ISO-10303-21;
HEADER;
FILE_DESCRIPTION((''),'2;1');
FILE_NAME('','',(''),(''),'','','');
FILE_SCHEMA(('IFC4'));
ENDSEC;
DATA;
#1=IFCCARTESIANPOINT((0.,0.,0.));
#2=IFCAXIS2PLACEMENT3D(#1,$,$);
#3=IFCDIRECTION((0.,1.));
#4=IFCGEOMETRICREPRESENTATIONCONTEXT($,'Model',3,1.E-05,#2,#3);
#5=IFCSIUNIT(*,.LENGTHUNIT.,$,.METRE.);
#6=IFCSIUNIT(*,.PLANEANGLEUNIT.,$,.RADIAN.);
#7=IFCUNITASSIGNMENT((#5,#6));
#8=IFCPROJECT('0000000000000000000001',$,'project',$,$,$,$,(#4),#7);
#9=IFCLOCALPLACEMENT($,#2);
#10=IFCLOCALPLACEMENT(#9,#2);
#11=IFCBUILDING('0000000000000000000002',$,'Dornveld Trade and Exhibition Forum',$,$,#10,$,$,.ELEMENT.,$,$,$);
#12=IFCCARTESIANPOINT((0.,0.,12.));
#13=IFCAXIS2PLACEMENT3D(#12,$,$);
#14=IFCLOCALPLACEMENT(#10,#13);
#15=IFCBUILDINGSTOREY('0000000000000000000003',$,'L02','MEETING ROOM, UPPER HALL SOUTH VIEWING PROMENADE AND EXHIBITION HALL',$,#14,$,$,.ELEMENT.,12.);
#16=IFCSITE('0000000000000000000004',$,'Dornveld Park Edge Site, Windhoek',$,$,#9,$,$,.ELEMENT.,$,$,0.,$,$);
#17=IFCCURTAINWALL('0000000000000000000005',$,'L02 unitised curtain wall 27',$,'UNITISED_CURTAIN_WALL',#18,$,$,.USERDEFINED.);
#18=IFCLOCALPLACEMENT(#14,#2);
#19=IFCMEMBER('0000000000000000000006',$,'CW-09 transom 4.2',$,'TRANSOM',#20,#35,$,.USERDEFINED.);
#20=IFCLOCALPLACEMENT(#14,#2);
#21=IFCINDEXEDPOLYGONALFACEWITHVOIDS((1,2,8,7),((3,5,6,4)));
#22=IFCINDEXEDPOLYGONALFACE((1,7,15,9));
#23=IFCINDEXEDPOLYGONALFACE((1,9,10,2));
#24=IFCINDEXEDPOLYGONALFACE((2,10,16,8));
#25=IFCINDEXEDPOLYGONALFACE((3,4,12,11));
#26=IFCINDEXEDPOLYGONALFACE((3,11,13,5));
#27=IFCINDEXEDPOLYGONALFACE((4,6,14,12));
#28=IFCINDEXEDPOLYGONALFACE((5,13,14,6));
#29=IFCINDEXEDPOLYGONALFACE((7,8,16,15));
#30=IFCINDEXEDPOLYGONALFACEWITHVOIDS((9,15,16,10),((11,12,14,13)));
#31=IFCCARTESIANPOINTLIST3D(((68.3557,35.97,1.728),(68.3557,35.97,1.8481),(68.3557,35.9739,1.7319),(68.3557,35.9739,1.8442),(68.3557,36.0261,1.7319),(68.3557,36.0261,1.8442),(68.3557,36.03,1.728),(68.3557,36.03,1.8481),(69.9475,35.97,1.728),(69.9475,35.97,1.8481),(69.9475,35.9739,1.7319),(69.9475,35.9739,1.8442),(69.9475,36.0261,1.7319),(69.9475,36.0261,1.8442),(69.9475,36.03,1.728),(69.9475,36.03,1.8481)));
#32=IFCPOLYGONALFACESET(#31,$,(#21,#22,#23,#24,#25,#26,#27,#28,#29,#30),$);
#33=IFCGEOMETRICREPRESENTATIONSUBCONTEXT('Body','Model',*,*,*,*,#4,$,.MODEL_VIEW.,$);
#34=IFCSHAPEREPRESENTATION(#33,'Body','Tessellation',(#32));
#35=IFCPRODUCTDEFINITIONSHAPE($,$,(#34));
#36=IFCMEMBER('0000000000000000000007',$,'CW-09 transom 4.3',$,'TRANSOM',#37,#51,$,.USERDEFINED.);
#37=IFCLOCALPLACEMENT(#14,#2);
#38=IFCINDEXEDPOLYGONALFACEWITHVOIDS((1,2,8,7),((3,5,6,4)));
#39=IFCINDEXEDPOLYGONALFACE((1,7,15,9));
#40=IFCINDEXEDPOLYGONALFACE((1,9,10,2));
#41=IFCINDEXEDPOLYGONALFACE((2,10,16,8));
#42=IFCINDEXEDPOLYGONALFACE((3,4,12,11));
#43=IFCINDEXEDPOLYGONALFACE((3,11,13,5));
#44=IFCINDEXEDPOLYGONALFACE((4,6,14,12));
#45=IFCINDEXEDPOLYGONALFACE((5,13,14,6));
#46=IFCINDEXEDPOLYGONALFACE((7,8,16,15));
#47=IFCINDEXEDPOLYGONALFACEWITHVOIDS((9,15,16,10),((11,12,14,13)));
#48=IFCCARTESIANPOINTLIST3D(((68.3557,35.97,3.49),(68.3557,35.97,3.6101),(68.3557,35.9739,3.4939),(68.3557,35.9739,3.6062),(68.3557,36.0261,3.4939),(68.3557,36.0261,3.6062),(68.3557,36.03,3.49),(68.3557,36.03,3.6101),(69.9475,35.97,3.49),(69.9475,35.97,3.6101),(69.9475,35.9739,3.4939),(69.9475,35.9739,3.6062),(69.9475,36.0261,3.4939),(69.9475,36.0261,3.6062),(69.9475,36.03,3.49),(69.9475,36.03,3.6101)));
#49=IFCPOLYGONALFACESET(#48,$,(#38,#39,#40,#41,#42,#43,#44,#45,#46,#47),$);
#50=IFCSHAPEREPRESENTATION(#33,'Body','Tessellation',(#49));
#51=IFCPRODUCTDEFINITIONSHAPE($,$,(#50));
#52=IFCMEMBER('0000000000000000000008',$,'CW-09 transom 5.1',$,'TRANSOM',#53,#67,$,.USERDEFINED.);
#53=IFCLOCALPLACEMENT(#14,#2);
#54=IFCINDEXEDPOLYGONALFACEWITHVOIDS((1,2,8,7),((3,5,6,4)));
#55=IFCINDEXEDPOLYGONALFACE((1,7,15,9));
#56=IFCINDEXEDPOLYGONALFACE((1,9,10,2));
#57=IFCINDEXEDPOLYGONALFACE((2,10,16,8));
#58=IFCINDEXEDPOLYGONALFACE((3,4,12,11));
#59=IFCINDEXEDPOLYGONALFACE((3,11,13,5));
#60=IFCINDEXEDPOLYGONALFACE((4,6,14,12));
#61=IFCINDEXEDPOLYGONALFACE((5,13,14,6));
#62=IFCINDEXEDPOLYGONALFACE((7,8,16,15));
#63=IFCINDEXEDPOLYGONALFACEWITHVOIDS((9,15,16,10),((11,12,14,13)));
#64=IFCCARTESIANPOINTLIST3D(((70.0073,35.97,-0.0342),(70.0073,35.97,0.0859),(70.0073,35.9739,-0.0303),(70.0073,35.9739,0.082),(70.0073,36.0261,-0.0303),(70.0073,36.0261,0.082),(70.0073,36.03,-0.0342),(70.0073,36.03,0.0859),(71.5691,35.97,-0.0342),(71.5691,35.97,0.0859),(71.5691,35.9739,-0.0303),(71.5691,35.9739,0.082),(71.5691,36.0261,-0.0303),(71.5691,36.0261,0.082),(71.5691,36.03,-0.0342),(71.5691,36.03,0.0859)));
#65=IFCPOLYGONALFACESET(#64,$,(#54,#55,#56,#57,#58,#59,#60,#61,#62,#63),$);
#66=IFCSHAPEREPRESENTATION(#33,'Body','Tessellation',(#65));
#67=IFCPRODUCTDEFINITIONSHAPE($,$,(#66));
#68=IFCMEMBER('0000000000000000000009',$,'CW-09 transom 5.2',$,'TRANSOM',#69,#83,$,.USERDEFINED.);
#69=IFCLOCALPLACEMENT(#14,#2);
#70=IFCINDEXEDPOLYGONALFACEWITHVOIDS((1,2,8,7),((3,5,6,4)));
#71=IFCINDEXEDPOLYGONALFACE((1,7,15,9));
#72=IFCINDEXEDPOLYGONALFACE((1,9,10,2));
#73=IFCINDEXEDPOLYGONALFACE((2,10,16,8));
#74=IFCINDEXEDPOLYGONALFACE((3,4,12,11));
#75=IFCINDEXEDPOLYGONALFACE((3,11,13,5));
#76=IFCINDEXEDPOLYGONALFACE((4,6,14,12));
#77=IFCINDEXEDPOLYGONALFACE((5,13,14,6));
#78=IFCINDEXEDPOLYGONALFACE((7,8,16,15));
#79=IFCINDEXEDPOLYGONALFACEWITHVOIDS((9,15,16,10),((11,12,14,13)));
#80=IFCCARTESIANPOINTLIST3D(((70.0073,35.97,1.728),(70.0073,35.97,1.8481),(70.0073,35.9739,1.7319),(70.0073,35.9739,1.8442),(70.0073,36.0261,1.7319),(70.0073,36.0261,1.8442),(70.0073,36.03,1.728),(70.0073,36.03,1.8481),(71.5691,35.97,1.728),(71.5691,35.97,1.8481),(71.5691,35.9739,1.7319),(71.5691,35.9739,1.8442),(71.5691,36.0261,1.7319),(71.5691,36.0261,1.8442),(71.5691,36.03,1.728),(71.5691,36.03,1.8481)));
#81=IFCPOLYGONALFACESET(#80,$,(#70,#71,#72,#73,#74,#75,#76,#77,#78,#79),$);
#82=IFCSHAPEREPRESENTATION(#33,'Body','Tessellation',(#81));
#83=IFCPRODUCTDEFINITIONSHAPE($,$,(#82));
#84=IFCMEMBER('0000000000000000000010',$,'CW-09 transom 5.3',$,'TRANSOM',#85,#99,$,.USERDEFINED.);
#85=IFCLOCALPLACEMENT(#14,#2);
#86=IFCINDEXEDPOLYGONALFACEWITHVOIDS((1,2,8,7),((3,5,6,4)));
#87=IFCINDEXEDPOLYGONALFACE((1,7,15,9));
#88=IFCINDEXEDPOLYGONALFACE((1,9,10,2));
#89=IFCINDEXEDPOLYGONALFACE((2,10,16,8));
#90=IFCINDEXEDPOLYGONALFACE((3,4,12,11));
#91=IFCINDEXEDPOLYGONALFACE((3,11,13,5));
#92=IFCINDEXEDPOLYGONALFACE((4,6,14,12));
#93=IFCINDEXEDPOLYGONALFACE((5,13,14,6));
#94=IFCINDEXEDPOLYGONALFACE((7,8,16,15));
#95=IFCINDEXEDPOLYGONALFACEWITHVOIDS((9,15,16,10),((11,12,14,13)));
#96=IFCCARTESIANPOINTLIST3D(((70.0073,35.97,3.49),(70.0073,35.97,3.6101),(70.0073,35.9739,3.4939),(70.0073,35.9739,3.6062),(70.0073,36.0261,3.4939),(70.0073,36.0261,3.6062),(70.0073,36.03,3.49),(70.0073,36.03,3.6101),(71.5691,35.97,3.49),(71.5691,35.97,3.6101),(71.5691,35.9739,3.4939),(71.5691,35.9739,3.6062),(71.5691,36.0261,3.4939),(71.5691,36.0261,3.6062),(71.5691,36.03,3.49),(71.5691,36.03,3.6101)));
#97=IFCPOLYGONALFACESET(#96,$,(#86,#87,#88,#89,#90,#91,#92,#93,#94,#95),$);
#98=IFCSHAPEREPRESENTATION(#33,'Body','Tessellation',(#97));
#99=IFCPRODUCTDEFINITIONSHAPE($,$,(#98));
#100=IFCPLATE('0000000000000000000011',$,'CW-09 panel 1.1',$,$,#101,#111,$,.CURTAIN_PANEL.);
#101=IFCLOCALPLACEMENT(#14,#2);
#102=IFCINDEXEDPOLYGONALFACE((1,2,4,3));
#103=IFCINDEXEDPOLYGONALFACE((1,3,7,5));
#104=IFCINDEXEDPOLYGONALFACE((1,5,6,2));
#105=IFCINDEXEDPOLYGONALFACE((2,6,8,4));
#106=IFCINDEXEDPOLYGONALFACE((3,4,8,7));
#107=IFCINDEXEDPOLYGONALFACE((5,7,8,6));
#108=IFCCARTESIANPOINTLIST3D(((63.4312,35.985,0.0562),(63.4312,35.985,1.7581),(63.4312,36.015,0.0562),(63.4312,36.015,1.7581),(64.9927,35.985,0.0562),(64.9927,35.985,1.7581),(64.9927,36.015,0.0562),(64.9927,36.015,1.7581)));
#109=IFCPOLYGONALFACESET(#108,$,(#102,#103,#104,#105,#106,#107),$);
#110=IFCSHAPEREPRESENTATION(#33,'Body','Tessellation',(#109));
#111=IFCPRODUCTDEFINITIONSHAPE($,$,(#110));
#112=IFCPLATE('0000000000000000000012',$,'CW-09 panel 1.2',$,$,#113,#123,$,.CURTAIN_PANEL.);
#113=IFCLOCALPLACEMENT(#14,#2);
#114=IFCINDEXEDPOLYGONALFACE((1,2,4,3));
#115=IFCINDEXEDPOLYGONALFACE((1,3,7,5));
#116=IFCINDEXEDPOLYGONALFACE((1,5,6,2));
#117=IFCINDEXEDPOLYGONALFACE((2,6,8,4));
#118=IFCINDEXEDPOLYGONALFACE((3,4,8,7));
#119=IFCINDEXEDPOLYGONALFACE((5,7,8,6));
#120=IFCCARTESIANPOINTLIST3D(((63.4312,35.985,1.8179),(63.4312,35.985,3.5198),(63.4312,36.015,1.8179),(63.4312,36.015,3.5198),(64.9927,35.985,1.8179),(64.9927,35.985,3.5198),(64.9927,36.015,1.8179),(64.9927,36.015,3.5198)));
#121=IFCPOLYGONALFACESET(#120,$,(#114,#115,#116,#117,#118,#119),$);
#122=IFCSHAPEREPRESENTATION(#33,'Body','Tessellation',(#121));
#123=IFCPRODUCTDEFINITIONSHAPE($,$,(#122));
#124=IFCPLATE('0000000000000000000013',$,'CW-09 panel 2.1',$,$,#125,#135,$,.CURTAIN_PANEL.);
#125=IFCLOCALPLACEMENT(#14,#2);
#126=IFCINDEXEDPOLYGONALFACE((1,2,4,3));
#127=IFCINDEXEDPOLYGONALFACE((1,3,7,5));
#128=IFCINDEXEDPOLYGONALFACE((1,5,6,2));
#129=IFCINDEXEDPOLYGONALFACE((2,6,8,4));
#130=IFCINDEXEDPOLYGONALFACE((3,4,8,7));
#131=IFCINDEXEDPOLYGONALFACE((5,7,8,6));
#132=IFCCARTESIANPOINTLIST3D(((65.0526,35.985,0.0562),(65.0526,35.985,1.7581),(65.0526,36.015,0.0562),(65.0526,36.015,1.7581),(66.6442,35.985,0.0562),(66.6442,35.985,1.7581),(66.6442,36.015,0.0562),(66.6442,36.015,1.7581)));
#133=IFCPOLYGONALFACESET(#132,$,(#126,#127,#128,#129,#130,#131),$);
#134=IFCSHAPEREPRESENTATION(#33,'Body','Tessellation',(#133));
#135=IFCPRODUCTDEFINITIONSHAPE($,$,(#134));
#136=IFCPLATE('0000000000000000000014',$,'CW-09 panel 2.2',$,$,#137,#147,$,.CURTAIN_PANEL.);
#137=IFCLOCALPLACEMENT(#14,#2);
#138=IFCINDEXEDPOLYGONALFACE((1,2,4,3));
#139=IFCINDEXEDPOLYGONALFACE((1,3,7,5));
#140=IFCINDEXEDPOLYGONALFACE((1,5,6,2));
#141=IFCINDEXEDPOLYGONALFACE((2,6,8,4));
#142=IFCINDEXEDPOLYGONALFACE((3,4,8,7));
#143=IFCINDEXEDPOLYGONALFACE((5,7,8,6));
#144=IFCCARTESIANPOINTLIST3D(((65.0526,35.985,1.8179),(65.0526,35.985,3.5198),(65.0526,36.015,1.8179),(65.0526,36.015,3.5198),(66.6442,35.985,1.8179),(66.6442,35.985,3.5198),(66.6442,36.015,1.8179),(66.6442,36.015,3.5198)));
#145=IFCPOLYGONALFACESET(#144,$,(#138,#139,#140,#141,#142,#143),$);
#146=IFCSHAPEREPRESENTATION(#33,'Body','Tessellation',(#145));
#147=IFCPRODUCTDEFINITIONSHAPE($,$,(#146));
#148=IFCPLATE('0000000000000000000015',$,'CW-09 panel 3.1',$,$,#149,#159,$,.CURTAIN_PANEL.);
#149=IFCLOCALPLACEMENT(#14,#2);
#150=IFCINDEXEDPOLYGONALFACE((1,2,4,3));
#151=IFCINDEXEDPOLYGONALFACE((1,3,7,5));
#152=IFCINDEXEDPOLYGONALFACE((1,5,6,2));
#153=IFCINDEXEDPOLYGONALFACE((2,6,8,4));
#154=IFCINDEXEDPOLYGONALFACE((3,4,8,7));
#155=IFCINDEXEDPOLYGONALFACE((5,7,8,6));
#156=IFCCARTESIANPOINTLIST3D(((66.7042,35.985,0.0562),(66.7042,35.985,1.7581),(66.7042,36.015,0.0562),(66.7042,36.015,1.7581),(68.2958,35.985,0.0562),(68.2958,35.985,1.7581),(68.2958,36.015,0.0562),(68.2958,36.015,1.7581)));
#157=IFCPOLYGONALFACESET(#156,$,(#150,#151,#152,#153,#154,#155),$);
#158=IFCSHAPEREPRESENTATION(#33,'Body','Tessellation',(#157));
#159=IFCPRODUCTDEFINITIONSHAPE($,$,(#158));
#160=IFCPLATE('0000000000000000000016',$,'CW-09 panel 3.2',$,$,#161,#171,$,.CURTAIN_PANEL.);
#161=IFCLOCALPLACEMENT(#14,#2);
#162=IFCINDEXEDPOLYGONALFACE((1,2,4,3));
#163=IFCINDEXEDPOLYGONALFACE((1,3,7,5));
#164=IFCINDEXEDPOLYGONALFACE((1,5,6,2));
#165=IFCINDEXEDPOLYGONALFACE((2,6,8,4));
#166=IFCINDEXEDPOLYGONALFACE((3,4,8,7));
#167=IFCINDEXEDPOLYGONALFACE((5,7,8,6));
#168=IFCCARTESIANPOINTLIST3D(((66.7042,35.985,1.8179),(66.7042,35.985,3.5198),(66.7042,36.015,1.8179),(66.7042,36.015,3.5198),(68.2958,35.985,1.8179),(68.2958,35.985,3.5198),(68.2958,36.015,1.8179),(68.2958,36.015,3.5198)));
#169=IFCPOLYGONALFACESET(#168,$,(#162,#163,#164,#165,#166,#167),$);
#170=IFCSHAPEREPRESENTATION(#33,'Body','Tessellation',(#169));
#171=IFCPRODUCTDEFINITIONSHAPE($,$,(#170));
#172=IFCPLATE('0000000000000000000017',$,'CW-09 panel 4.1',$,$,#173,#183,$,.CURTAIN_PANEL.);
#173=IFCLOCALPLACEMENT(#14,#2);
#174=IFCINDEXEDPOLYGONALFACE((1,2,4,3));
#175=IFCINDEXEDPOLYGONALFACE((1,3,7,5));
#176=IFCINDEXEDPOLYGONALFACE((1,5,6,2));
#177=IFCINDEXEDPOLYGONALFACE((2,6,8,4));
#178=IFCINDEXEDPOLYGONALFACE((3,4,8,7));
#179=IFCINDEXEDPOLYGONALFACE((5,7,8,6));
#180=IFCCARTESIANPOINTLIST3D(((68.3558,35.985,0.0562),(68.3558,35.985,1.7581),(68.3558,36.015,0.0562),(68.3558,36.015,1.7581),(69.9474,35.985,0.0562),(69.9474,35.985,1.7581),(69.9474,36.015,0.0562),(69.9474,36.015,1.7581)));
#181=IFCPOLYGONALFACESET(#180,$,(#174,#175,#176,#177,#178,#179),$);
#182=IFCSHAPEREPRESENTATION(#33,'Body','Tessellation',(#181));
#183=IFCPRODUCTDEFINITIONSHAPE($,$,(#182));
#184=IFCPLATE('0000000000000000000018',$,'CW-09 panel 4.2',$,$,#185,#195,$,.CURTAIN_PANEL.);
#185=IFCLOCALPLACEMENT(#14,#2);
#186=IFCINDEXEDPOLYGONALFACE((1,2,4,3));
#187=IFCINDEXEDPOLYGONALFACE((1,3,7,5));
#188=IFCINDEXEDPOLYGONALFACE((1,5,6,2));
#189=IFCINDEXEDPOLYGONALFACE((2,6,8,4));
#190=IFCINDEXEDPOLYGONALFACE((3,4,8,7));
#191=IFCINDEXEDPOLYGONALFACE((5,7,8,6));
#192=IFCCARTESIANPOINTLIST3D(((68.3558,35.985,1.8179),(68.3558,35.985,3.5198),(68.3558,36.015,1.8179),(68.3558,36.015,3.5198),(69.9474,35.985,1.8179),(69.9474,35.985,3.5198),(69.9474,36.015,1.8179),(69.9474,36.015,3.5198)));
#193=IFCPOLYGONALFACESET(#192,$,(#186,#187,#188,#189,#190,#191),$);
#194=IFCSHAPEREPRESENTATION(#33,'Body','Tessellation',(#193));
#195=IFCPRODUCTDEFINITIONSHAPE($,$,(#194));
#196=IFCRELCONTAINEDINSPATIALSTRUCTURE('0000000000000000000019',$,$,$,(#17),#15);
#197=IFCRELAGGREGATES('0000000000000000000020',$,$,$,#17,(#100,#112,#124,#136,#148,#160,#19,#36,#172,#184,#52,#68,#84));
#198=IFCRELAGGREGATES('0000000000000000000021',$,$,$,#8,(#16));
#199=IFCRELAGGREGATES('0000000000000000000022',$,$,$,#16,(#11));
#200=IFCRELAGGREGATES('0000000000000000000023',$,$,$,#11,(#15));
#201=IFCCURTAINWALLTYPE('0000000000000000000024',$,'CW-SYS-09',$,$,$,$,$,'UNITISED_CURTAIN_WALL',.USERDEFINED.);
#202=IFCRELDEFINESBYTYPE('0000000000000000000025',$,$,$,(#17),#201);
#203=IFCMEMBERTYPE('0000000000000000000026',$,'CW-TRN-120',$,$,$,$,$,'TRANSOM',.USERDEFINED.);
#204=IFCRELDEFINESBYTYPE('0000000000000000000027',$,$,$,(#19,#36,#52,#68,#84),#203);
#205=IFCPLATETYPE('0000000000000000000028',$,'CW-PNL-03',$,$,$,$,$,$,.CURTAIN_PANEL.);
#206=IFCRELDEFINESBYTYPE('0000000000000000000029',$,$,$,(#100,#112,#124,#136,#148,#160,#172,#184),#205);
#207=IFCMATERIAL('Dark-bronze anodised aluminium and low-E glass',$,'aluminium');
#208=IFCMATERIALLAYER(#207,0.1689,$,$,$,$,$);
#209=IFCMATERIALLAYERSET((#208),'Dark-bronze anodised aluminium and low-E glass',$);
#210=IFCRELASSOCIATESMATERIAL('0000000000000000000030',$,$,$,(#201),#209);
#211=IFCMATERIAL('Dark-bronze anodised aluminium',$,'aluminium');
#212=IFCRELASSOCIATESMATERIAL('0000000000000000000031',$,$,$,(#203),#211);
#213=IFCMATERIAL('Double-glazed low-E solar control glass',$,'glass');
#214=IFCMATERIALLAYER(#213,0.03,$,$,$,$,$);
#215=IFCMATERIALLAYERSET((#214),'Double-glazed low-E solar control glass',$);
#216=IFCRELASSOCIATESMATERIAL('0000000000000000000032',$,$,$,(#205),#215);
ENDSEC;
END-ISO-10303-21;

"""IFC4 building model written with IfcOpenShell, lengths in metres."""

from ifc_helpers import new_model, si_unit, direction, frame, origin, origin_2d, place, context, subcontext, project, spatial, rectangle, hollow_rectangle, extrude, material, layer, layer_set, material_profile, profile_set, type_object, element, aggregate, save


model = new_model("IFC4")

# Units and contexts
model_context = context("Model", 3, precision=1e-05, world=origin(), true_north=direction((0.0, 1.0)))
body_context = subcontext(model_context, "Body", "Model", "MODEL_VIEW")
ifc_project = project(units=[si_unit("LENGTHUNIT", "METRE"), si_unit("PLANEANGLEUNIT", "RADIAN")], contexts=[model_context])

# Site, building, storey
site_placement = place(None, origin())
site = spatial("IfcSite", under=ifc_project, at=site_placement, Name="Dornveld Park Edge Site, Windhoek", CompositionType="ELEMENT", RefElevation=0.0)
building_placement = place(site_placement, origin())
building = spatial("IfcBuilding", under=site, at=building_placement, Name="Dornveld Trade and Exhibition Forum", CompositionType="ELEMENT")
storey_placement = place(building_placement, frame((0.0, 0.0, 12.0)))
storey = spatial("IfcBuildingStorey", under=building, at=storey_placement, Name="L02", Description="MEETING ROOM, UPPER HALL SOUTH VIEWING PROMENADE AND EXHIBITION HALL", CompositionType="ELEMENT", Elevation=12.0)

# Curtain wall, members, plates
ifc_material_1 = material(Name="Dark-bronze anodised aluminium and low-E glass", Category="aluminium")
ifc_layer_1 = layer(ifc_material_1, 0.1689)
ifc_layer_set_1 = layer_set([ifc_layer_1], Name="Dark-bronze anodised aluminium and low-E glass")
curtain_wall_type = type_object("IfcCurtainWallType", Name="CW-SYS-09", ElementType="UNITISED_CURTAIN_WALL", PredefinedType="USERDEFINED", material=ifc_layer_set_1)
curtain_wall_placement = place(storey_placement, origin())
curtain_wall = element("IfcCurtainWall", 1, at=curtain_wall_placement, inside=storey, type_object=curtain_wall_type, Name="L02 unitised curtain wall 27", ObjectType="UNITISED_CURTAIN_WALL", PredefinedType="USERDEFINED")
ifc_material_2 = material(Name="Dark-bronze anodised aluminium", Category="aluminium")
ifc_material_profile_1 = material_profile(ifc_material_2, hollow_rectangle(XDim=0.0601, YDim=0.1201, WallThickness=0.0039, at=origin_2d()), Name="RHS 120x60x4")
ifc_profile_set_1 = profile_set([ifc_material_profile_1], Name="Dark-bronze anodised aluminium")
member_type_1 = type_object("IfcMemberType", Name="CW-TRN-120", ElementType="TRANSOM", PredefinedType="USERDEFINED", material=ifc_profile_set_1)
member_1_placement = place(storey_placement, frame((68.3557, 36.0, 1.7881), z_axis=(1.0, 0.0, 0.0), x_axis=(0.0, 1.0, 0.0)))
member_1 = element("IfcMember", 2, at=member_1_placement, type_object=member_type_1, Name="CW-09 transom 4.2", ObjectType="TRANSOM", PredefinedType="USERDEFINED", context=body_context, shape_type="SweptSolid", body=[
    extrude(hollow_rectangle(XDim=0.0601, YDim=0.1201, WallThickness=0.0039, at=origin_2d()), origin(), (0.0, 0.0, 1.0), 1.5918),
])
member_2_placement = place(storey_placement, frame((68.3557, 36.0, 3.55), z_axis=(1.0, 0.0, 0.0), x_axis=(0.0, 1.0, 0.0)))
member_2 = element("IfcMember", 3, at=member_2_placement, type_object=member_type_1, Name="CW-09 transom 4.3", ObjectType="TRANSOM", PredefinedType="USERDEFINED", context=body_context, shape_type="SweptSolid", body=[
    extrude(hollow_rectangle(XDim=0.0601, YDim=0.1201, WallThickness=0.0039, at=origin_2d()), origin(), (0.0, 0.0, 1.0), 1.5918),
])
member_3_placement = place(storey_placement, frame((70.0073, 36.0, 0.0259), z_axis=(1.0, 0.0, 0.0), x_axis=(0.0, 1.0, 0.0)))
member_3 = element("IfcMember", 4, at=member_3_placement, type_object=member_type_1, Name="CW-09 transom 5.1", ObjectType="TRANSOM", PredefinedType="USERDEFINED", context=body_context, shape_type="SweptSolid", body=[
    extrude(hollow_rectangle(XDim=0.0601, YDim=0.1201, WallThickness=0.0039, at=origin_2d()), origin(), (0.0, 0.0, 1.0), 1.5618),
])
member_4_placement = place(storey_placement, frame((70.0073, 36.0, 1.7881), z_axis=(1.0, 0.0, 0.0), x_axis=(0.0, 1.0, 0.0)))
member_4 = element("IfcMember", 5, at=member_4_placement, type_object=member_type_1, Name="CW-09 transom 5.2", ObjectType="TRANSOM", PredefinedType="USERDEFINED", context=body_context, shape_type="SweptSolid", body=[
    extrude(hollow_rectangle(XDim=0.0601, YDim=0.1201, WallThickness=0.0039, at=origin_2d()), origin(), (0.0, 0.0, 1.0), 1.5618),
])
member_5_placement = place(storey_placement, frame((70.0073, 36.0, 3.55), z_axis=(1.0, 0.0, 0.0), x_axis=(0.0, 1.0, 0.0)))
member_5 = element("IfcMember", 6, at=member_5_placement, type_object=member_type_1, Name="CW-09 transom 5.3", ObjectType="TRANSOM", PredefinedType="USERDEFINED", context=body_context, shape_type="SweptSolid", body=[
    extrude(hollow_rectangle(XDim=0.0601, YDim=0.1201, WallThickness=0.0039, at=origin_2d()), origin(), (0.0, 0.0, 1.0), 1.5618),
])
ifc_material_3 = material(Name="Double-glazed low-E solar control glass", Category="glass")
ifc_layer_2 = layer(ifc_material_3, 0.03)
ifc_layer_set_2 = layer_set([ifc_layer_2], Name="Double-glazed low-E solar control glass")
plate_type = type_object("IfcPlateType", Name="CW-PNL-03", PredefinedType="CURTAIN_PANEL", material=ifc_layer_set_2)
plate_1_placement = place(storey_placement, frame((64.2119, 36.0, 0.0562), z_axis=(0.0, 0.0, 1.0), x_axis=(1.0, 0.0, 0.0)))
plate_1 = element("IfcPlate", 7, at=plate_1_placement, type_object=plate_type, Name="CW-09 panel 1.1", PredefinedType="CURTAIN_PANEL", context=body_context, shape_type="SweptSolid", body=[
    extrude(rectangle(XDim=1.5615, YDim=0.03, at=origin_2d()), origin(), (0.0, 0.0, 1.0), 1.7019),
])
plate_2_placement = place(storey_placement, frame((64.2119, 36.0, 1.8179), z_axis=(0.0, 0.0, 1.0), x_axis=(1.0, 0.0, 0.0)))
plate_2 = element("IfcPlate", 8, at=plate_2_placement, type_object=plate_type, Name="CW-09 panel 1.2", PredefinedType="CURTAIN_PANEL", context=body_context, shape_type="SweptSolid", body=[
    extrude(rectangle(XDim=1.5615, YDim=0.03, at=origin_2d()), origin(), (0.0, 0.0, 1.0), 1.7019),
])
plate_3_placement = place(storey_placement, frame((65.8484, 36.0, 0.0562), z_axis=(0.0, 0.0, 1.0), x_axis=(1.0, 0.0, 0.0)))
plate_3 = element("IfcPlate", 9, at=plate_3_placement, type_object=plate_type, Name="CW-09 panel 2.1", PredefinedType="CURTAIN_PANEL", context=body_context, shape_type="SweptSolid", body=[
    extrude(rectangle(XDim=1.5916, YDim=0.03, at=origin_2d()), origin(), (0.0, 0.0, 1.0), 1.7019),
])
plate_4_placement = place(storey_placement, frame((65.8484, 36.0, 1.8179), z_axis=(0.0, 0.0, 1.0), x_axis=(1.0, 0.0, 0.0)))
plate_4 = element("IfcPlate", 10, at=plate_4_placement, type_object=plate_type, Name="CW-09 panel 2.2", PredefinedType="CURTAIN_PANEL", context=body_context, shape_type="SweptSolid", body=[
    extrude(rectangle(XDim=1.5916, YDim=0.03, at=origin_2d()), origin(), (0.0, 0.0, 1.0), 1.7019),
])
plate_5_placement = place(storey_placement, frame((67.5, 36.0, 0.0562), z_axis=(0.0, 0.0, 1.0), x_axis=(1.0, 0.0, 0.0)))
plate_5 = element("IfcPlate", 11, at=plate_5_placement, type_object=plate_type, Name="CW-09 panel 3.1", PredefinedType="CURTAIN_PANEL", context=body_context, shape_type="SweptSolid", body=[
    extrude(rectangle(XDim=1.5916, YDim=0.03, at=origin_2d()), origin(), (0.0, 0.0, 1.0), 1.7019),
])
plate_6_placement = place(storey_placement, frame((67.5, 36.0, 1.8179), z_axis=(0.0, 0.0, 1.0), x_axis=(1.0, 0.0, 0.0)))
plate_6 = element("IfcPlate", 12, at=plate_6_placement, type_object=plate_type, Name="CW-09 panel 3.2", PredefinedType="CURTAIN_PANEL", context=body_context, shape_type="SweptSolid", body=[
    extrude(rectangle(XDim=1.5916, YDim=0.03, at=origin_2d()), origin(), (0.0, 0.0, 1.0), 1.7019),
])
plate_7_placement = place(storey_placement, frame((69.1516, 36.0, 0.0562), z_axis=(0.0, 0.0, 1.0), x_axis=(1.0, 0.0, 0.0)))
plate_7 = element("IfcPlate", 13, at=plate_7_placement, type_object=plate_type, Name="CW-09 panel 4.1", PredefinedType="CURTAIN_PANEL", context=body_context, shape_type="SweptSolid", body=[
    extrude(rectangle(XDim=1.5916, YDim=0.03, at=origin_2d()), origin(), (0.0, 0.0, 1.0), 1.7019),
])
plate_8_placement = place(storey_placement, frame((69.1516, 36.0, 1.8179), z_axis=(0.0, 0.0, 1.0), x_axis=(1.0, 0.0, 0.0)))
plate_8 = element("IfcPlate", 14, at=plate_8_placement, type_object=plate_type, Name="CW-09 panel 4.2", PredefinedType="CURTAIN_PANEL", context=body_context, shape_type="SweptSolid", body=[
    extrude(rectangle(XDim=1.5916, YDim=0.03, at=origin_2d()), origin(), (0.0, 0.0, 1.0), 1.7019),
])
aggregate(curtain_wall, [plate_1, plate_2, plate_3, plate_4, plate_5, plate_6, member_1, member_2, plate_7, plate_8, member_3, member_4, member_5])

save(model, "model.ifc")
